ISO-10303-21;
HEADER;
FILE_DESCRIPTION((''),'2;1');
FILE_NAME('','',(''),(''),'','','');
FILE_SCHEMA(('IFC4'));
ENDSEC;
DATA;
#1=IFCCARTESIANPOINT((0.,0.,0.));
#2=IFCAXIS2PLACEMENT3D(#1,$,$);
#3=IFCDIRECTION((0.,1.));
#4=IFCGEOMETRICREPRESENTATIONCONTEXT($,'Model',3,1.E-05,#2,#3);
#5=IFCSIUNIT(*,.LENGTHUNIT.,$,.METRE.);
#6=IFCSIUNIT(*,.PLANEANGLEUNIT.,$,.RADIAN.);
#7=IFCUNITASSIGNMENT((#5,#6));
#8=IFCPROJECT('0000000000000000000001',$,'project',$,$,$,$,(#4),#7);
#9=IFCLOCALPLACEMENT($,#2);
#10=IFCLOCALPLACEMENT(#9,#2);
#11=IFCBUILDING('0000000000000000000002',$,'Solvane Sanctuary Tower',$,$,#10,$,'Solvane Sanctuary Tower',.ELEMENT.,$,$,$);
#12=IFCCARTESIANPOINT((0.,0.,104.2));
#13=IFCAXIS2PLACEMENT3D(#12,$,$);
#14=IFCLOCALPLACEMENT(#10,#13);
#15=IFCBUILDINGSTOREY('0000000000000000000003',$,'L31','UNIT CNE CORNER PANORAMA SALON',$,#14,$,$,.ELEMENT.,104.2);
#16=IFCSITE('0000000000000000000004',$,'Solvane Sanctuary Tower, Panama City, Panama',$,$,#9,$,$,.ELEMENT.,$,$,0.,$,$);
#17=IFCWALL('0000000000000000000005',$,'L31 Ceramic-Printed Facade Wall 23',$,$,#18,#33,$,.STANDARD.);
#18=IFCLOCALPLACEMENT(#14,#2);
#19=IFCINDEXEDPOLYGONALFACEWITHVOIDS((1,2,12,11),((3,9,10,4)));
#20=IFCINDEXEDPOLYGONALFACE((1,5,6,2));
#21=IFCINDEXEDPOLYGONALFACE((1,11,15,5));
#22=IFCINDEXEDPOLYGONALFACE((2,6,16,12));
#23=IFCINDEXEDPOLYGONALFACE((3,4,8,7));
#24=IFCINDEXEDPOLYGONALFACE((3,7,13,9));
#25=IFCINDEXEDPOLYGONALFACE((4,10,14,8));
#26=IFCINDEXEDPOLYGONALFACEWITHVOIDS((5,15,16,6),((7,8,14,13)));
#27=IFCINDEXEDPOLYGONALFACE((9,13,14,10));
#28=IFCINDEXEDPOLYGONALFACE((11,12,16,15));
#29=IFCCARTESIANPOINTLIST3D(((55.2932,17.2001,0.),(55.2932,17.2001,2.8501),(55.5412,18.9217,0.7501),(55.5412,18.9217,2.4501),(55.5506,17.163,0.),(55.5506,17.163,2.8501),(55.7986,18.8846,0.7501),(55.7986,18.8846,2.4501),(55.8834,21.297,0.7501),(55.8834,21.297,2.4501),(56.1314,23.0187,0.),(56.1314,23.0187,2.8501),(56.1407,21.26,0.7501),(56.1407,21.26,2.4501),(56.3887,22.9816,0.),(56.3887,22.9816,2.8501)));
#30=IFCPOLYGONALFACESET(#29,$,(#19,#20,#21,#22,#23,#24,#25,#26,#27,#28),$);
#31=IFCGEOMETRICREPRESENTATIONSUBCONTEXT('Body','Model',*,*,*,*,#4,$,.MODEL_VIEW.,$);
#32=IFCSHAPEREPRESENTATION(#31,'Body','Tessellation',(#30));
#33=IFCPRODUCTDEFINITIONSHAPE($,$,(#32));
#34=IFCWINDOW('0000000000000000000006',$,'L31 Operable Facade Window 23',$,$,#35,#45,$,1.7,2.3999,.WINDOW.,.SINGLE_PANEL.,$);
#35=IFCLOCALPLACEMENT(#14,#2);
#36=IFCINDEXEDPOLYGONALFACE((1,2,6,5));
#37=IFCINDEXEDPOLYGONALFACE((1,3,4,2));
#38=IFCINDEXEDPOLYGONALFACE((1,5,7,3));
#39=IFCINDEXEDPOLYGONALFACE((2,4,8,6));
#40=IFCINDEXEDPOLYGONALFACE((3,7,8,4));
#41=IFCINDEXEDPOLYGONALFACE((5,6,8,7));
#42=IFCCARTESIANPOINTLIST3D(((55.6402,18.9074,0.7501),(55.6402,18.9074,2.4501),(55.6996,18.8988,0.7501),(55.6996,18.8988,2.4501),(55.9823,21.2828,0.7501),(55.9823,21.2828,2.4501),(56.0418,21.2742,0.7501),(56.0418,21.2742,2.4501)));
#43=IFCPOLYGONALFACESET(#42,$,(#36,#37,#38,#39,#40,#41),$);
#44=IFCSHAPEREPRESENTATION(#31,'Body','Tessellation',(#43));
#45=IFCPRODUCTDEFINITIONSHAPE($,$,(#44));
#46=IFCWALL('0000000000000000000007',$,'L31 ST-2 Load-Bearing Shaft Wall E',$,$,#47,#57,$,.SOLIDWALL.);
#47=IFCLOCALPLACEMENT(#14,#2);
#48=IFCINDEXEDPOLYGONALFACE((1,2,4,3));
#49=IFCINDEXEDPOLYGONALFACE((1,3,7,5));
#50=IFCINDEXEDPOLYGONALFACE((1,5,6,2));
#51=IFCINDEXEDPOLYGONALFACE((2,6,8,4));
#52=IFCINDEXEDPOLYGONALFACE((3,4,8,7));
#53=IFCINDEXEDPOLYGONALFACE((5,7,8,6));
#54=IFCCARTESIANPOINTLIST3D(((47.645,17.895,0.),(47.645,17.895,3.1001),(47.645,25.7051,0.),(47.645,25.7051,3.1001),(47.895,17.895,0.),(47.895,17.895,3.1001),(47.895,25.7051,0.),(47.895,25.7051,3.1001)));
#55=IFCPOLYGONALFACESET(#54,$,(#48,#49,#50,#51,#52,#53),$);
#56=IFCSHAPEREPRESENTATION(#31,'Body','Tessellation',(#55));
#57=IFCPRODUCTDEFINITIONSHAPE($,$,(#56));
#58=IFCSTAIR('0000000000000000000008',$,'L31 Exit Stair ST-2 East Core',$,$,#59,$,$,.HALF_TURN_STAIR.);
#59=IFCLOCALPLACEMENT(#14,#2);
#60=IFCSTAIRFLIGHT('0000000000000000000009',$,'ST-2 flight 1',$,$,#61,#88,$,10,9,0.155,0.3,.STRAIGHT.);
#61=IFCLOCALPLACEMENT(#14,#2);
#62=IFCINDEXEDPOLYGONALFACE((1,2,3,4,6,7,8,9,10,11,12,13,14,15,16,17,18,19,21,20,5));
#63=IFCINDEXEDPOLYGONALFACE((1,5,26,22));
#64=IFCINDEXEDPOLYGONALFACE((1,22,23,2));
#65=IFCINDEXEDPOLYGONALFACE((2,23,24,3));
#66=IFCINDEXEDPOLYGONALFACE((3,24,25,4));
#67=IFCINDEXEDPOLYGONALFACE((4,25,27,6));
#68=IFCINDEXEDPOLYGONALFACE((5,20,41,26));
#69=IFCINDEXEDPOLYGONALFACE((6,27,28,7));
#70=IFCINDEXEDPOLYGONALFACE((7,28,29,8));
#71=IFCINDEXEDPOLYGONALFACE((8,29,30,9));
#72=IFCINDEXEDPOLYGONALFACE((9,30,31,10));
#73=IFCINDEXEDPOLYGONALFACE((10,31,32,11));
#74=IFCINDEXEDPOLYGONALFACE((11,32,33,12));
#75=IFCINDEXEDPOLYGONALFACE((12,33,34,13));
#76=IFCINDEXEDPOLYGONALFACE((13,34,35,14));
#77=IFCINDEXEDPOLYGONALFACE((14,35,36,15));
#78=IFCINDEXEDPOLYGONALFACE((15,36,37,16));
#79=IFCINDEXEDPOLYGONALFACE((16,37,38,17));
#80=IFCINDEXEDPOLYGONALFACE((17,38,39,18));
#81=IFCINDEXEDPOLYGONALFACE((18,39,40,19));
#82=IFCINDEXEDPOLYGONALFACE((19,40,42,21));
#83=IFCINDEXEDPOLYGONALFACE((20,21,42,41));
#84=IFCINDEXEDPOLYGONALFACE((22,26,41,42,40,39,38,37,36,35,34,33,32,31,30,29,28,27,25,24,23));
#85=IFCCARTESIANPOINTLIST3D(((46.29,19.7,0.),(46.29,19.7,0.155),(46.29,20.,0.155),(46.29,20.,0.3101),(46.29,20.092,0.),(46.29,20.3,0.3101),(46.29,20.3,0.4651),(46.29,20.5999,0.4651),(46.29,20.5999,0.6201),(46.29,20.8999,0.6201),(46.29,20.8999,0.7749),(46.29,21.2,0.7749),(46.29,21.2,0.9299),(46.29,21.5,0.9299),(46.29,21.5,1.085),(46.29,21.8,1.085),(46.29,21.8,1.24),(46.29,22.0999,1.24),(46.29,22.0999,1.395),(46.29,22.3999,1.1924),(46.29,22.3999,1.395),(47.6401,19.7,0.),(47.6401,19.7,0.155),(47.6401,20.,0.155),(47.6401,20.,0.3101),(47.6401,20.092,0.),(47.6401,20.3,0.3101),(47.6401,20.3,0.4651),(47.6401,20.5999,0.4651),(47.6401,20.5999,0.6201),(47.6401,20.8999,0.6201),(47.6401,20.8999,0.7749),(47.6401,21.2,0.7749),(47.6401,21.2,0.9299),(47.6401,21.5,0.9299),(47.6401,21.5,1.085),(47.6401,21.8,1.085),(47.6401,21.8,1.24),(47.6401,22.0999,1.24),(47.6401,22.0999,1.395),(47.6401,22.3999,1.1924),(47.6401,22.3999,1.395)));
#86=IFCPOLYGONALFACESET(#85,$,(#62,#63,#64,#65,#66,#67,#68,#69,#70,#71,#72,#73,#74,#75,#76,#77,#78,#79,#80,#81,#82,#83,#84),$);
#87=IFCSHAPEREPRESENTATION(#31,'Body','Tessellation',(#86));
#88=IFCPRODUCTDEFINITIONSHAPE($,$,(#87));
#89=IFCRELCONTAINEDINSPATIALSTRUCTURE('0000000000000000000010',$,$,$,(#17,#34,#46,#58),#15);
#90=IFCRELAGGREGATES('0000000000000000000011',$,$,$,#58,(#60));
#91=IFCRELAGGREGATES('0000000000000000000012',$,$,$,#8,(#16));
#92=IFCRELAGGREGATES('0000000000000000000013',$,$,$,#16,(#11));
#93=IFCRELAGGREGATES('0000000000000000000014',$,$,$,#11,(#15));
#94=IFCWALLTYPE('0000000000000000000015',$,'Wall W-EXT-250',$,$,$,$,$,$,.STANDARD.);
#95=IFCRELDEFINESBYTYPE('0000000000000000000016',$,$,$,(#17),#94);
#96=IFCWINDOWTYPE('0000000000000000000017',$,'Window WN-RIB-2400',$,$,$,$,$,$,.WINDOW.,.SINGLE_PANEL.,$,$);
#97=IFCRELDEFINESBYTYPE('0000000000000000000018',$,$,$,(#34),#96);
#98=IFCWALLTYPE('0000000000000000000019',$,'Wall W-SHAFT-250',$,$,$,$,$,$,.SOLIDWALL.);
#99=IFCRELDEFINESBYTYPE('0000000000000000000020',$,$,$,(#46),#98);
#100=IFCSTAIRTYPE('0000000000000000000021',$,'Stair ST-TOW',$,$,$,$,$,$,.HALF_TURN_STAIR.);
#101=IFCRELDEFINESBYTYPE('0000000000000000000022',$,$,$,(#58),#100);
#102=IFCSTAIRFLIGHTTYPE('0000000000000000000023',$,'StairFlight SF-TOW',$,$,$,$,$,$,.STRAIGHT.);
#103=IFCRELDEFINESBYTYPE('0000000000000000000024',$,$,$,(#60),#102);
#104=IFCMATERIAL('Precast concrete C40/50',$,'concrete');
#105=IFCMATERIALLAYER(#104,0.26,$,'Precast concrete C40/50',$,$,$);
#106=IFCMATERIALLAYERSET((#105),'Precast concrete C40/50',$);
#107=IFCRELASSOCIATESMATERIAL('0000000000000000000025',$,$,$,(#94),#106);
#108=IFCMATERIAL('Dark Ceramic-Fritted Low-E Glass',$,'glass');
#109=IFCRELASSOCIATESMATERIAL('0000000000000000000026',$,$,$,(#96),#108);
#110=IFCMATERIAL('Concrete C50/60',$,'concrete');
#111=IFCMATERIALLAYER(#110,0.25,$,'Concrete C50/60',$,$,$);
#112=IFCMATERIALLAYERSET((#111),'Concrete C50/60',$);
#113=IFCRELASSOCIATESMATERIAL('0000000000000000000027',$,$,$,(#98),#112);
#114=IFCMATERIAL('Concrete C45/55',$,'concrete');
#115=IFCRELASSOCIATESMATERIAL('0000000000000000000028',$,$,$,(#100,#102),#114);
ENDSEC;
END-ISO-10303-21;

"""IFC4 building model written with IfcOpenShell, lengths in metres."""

from ifc_helpers import new_model, si_unit, direction, frame, frame_2d, origin, place, context, subcontext, project, spatial, polyline, rectangle, outline, extrude, material, layer, layer_set, type_object, element, fill, aggregate, save


model = new_model("IFC4")

# Units and contexts
model_context = context("Model", 3, precision=1e-05, world=origin(), true_north=direction((0.0, 1.0)))
body_context = subcontext(model_context, "Body", "Model", "MODEL_VIEW")
ifc_project = project(units=[si_unit("LENGTHUNIT", "METRE"), si_unit("PLANEANGLEUNIT", "RADIAN")], contexts=[model_context])

# Site, building, storey
site_placement = place(None, origin())
site = spatial("IfcSite", under=ifc_project, at=site_placement, Name="Solvane Sanctuary Tower, Panama City, Panama", CompositionType="ELEMENT", RefElevation=0.0)
building_placement = place(site_placement, origin())
building = spatial("IfcBuilding", under=site, at=building_placement, Name="Solvane Sanctuary Tower", LongName="Solvane Sanctuary Tower", CompositionType="ELEMENT")
storey_placement = place(building_placement, frame((0.0, 0.0, 104.2)))
storey = spatial("IfcBuildingStorey", under=building, at=storey_placement, Name="L31", Description="UNIT CNE CORNER PANORAMA SALON", CompositionType="ELEMENT", Elevation=104.2)

# Shared definitions
ifc_material_1 = material(Name="Precast concrete C40/50", Category="concrete")
ifc_layer_1 = layer(ifc_material_1, 0.26, Name="Precast concrete C40/50")
ifc_layer_set_1 = layer_set([ifc_layer_1], Name="Precast concrete C40/50")
wall_type_1 = type_object("IfcWallType", Name="Wall W-EXT-250", PredefinedType="STANDARD", material=ifc_layer_set_1)

# Wall, opening, window
ifc_material_2 = material(Name="Dark Ceramic-Fritted Low-E Glass", Category="glass")
wall_1_placement = place(storey_placement, frame((55.4219, 17.1814, 0.0), z_axis=(0.0, 0.0, 1.0), x_axis=(0.142572, 0.989784, 0.0)))
wall_1 = element("IfcWall", 1, at=wall_1_placement, inside=storey, type_object=wall_type_1, Name="L31 Ceramic-Printed Facade Wall 23", PredefinedType="STANDARD", context=body_context, shape_type="SweptSolid", body=[
    extrude(rectangle(XDim=5.8787, YDim=0.26, at=frame_2d((2.9395, 0.0))), origin(), (0.0, 0.0, 1.0), 2.8501),
])
opening_1_placement = place(wall_1_placement, frame((1.7395, 0.0, 0.75)))
opening_1 = element("IfcOpeningElement", 2, at=opening_1_placement, cuts=wall_1, PredefinedType="OPENING", context=body_context, shape_type="SweptSolid", body=[
    extrude(rectangle(XDim=2.3999, YDim=1.7, at=frame_2d((1.2, 0.8501))), frame((0.0, 0.1399, 0.0), z_axis=(0.0, -1.0, 0.0), x_axis=(1.0, 0.0, 0.0)), (0.0, 0.0, 1.0), 0.28),
])
window_type_1 = type_object("IfcWindowType", Name="Window WN-RIB-2400", PartitioningType="SINGLE_PANEL", PredefinedType="WINDOW", material=ifc_material_2)
window_1_placement = place(opening_1_placement, origin())
window_1 = element("IfcWindow", 3, at=window_1_placement, inside=storey, type_object=window_type_1, Name="L31 Operable Facade Window 23", OverallHeight=1.7, OverallWidth=2.3999, PartitioningType="SINGLE_PANEL", PredefinedType="WINDOW", context=body_context, shape_type="SweptSolid", body=[
    extrude(rectangle(XDim=2.3999, YDim=1.7, at=frame_2d((1.2, 0.8501))), frame((0.0, 0.03, 0.0), z_axis=(0.0, -1.0, 0.0), x_axis=(1.0, 0.0, 0.0)), (0.0, 0.0, 1.0), 0.0601),
])
fill(opening_1, window_1)

# Wall
ifc_material_3 = material(Name="Concrete C50/60", Category="concrete")
ifc_layer_2 = layer(ifc_material_3, 0.25, Name="Concrete C50/60")
ifc_layer_set_2 = layer_set([ifc_layer_2], Name="Concrete C50/60")
wall_type_2 = type_object("IfcWallType", Name="Wall W-SHAFT-250", PredefinedType="SOLIDWALL", material=ifc_layer_set_2)
wall_2_placement = place(storey_placement, frame((47.77, 17.895, 0.0), z_axis=(0.0, 0.0, 1.0), x_axis=(0.0, 1.0, 0.0)))
element("IfcWall", 4, at=wall_2_placement, inside=storey, type_object=wall_type_2, Name="L31 ST-2 Load-Bearing Shaft Wall E", PredefinedType="SOLIDWALL", context=body_context, shape_type="SweptSolid", body=[
    extrude(rectangle(XDim=7.8101, YDim=0.25, at=frame_2d((3.905, 0.0))), origin(), (0.0, 0.0, 1.0), 3.1001),
])

# Stair, stair flight
ifc_material_4 = material(Name="Concrete C45/55", Category="concrete")
stair_type = type_object("IfcStairType", Name="Stair ST-TOW", PredefinedType="HALF_TURN_STAIR", material=ifc_material_4)
stair_placement = place(storey_placement, origin())
stair = element("IfcStair", 5, at=stair_placement, inside=storey, type_object=stair_type, Name="L31 Exit Stair ST-2 East Core", PredefinedType="HALF_TURN_STAIR")
stair_flight_type = type_object("IfcStairFlightType", Name="StairFlight SF-TOW", PredefinedType="STRAIGHT", material=ifc_material_4)
stair_flight_placement = place(storey_placement, frame((46.9651, 19.7, 0.0), z_axis=(0.0, 0.0, 1.0), x_axis=(0.0, 1.0, 0.0)))
stair_flight = element("IfcStairFlight", 6, at=stair_flight_placement, type_object=stair_flight_type, Name="ST-2 flight 1", NumberOfRisers=10, NumberOfTreads=9, PredefinedType="STRAIGHT", RiserHeight=0.155, TreadLength=0.3, context=body_context, shape_type="SweptSolid", body=[
    extrude(outline(polyline([(0.0, 0.0), (0.0, 0.155), (0.3, 0.155), (0.3, 0.3101), (0.6001, 0.3101), (0.6001, 0.4651), (0.8999, 0.4651), (0.8999, 0.6201), (1.2, 0.6201), (1.2, 0.7749), (1.5, 0.7749), (1.5, 0.9299), (1.8, 0.9299), (1.8, 1.085), (2.1001, 1.085), (2.1001, 1.24), (2.3999, 1.24), (2.3999, 1.395), (2.7, 1.395), (2.7, 1.55), (2.7, 1.1924), (0.3921, 0.0), (0.0, 0.0)])), frame((0.0, 0.675, 0.0), z_axis=(0.0, -1.0, 0.0), x_axis=(1.0, 0.0, 0.0)), (0.0, 0.0, 1.0), 1.3501),
])
aggregate(stair, [stair_flight])

save(model, "model.ifc")
